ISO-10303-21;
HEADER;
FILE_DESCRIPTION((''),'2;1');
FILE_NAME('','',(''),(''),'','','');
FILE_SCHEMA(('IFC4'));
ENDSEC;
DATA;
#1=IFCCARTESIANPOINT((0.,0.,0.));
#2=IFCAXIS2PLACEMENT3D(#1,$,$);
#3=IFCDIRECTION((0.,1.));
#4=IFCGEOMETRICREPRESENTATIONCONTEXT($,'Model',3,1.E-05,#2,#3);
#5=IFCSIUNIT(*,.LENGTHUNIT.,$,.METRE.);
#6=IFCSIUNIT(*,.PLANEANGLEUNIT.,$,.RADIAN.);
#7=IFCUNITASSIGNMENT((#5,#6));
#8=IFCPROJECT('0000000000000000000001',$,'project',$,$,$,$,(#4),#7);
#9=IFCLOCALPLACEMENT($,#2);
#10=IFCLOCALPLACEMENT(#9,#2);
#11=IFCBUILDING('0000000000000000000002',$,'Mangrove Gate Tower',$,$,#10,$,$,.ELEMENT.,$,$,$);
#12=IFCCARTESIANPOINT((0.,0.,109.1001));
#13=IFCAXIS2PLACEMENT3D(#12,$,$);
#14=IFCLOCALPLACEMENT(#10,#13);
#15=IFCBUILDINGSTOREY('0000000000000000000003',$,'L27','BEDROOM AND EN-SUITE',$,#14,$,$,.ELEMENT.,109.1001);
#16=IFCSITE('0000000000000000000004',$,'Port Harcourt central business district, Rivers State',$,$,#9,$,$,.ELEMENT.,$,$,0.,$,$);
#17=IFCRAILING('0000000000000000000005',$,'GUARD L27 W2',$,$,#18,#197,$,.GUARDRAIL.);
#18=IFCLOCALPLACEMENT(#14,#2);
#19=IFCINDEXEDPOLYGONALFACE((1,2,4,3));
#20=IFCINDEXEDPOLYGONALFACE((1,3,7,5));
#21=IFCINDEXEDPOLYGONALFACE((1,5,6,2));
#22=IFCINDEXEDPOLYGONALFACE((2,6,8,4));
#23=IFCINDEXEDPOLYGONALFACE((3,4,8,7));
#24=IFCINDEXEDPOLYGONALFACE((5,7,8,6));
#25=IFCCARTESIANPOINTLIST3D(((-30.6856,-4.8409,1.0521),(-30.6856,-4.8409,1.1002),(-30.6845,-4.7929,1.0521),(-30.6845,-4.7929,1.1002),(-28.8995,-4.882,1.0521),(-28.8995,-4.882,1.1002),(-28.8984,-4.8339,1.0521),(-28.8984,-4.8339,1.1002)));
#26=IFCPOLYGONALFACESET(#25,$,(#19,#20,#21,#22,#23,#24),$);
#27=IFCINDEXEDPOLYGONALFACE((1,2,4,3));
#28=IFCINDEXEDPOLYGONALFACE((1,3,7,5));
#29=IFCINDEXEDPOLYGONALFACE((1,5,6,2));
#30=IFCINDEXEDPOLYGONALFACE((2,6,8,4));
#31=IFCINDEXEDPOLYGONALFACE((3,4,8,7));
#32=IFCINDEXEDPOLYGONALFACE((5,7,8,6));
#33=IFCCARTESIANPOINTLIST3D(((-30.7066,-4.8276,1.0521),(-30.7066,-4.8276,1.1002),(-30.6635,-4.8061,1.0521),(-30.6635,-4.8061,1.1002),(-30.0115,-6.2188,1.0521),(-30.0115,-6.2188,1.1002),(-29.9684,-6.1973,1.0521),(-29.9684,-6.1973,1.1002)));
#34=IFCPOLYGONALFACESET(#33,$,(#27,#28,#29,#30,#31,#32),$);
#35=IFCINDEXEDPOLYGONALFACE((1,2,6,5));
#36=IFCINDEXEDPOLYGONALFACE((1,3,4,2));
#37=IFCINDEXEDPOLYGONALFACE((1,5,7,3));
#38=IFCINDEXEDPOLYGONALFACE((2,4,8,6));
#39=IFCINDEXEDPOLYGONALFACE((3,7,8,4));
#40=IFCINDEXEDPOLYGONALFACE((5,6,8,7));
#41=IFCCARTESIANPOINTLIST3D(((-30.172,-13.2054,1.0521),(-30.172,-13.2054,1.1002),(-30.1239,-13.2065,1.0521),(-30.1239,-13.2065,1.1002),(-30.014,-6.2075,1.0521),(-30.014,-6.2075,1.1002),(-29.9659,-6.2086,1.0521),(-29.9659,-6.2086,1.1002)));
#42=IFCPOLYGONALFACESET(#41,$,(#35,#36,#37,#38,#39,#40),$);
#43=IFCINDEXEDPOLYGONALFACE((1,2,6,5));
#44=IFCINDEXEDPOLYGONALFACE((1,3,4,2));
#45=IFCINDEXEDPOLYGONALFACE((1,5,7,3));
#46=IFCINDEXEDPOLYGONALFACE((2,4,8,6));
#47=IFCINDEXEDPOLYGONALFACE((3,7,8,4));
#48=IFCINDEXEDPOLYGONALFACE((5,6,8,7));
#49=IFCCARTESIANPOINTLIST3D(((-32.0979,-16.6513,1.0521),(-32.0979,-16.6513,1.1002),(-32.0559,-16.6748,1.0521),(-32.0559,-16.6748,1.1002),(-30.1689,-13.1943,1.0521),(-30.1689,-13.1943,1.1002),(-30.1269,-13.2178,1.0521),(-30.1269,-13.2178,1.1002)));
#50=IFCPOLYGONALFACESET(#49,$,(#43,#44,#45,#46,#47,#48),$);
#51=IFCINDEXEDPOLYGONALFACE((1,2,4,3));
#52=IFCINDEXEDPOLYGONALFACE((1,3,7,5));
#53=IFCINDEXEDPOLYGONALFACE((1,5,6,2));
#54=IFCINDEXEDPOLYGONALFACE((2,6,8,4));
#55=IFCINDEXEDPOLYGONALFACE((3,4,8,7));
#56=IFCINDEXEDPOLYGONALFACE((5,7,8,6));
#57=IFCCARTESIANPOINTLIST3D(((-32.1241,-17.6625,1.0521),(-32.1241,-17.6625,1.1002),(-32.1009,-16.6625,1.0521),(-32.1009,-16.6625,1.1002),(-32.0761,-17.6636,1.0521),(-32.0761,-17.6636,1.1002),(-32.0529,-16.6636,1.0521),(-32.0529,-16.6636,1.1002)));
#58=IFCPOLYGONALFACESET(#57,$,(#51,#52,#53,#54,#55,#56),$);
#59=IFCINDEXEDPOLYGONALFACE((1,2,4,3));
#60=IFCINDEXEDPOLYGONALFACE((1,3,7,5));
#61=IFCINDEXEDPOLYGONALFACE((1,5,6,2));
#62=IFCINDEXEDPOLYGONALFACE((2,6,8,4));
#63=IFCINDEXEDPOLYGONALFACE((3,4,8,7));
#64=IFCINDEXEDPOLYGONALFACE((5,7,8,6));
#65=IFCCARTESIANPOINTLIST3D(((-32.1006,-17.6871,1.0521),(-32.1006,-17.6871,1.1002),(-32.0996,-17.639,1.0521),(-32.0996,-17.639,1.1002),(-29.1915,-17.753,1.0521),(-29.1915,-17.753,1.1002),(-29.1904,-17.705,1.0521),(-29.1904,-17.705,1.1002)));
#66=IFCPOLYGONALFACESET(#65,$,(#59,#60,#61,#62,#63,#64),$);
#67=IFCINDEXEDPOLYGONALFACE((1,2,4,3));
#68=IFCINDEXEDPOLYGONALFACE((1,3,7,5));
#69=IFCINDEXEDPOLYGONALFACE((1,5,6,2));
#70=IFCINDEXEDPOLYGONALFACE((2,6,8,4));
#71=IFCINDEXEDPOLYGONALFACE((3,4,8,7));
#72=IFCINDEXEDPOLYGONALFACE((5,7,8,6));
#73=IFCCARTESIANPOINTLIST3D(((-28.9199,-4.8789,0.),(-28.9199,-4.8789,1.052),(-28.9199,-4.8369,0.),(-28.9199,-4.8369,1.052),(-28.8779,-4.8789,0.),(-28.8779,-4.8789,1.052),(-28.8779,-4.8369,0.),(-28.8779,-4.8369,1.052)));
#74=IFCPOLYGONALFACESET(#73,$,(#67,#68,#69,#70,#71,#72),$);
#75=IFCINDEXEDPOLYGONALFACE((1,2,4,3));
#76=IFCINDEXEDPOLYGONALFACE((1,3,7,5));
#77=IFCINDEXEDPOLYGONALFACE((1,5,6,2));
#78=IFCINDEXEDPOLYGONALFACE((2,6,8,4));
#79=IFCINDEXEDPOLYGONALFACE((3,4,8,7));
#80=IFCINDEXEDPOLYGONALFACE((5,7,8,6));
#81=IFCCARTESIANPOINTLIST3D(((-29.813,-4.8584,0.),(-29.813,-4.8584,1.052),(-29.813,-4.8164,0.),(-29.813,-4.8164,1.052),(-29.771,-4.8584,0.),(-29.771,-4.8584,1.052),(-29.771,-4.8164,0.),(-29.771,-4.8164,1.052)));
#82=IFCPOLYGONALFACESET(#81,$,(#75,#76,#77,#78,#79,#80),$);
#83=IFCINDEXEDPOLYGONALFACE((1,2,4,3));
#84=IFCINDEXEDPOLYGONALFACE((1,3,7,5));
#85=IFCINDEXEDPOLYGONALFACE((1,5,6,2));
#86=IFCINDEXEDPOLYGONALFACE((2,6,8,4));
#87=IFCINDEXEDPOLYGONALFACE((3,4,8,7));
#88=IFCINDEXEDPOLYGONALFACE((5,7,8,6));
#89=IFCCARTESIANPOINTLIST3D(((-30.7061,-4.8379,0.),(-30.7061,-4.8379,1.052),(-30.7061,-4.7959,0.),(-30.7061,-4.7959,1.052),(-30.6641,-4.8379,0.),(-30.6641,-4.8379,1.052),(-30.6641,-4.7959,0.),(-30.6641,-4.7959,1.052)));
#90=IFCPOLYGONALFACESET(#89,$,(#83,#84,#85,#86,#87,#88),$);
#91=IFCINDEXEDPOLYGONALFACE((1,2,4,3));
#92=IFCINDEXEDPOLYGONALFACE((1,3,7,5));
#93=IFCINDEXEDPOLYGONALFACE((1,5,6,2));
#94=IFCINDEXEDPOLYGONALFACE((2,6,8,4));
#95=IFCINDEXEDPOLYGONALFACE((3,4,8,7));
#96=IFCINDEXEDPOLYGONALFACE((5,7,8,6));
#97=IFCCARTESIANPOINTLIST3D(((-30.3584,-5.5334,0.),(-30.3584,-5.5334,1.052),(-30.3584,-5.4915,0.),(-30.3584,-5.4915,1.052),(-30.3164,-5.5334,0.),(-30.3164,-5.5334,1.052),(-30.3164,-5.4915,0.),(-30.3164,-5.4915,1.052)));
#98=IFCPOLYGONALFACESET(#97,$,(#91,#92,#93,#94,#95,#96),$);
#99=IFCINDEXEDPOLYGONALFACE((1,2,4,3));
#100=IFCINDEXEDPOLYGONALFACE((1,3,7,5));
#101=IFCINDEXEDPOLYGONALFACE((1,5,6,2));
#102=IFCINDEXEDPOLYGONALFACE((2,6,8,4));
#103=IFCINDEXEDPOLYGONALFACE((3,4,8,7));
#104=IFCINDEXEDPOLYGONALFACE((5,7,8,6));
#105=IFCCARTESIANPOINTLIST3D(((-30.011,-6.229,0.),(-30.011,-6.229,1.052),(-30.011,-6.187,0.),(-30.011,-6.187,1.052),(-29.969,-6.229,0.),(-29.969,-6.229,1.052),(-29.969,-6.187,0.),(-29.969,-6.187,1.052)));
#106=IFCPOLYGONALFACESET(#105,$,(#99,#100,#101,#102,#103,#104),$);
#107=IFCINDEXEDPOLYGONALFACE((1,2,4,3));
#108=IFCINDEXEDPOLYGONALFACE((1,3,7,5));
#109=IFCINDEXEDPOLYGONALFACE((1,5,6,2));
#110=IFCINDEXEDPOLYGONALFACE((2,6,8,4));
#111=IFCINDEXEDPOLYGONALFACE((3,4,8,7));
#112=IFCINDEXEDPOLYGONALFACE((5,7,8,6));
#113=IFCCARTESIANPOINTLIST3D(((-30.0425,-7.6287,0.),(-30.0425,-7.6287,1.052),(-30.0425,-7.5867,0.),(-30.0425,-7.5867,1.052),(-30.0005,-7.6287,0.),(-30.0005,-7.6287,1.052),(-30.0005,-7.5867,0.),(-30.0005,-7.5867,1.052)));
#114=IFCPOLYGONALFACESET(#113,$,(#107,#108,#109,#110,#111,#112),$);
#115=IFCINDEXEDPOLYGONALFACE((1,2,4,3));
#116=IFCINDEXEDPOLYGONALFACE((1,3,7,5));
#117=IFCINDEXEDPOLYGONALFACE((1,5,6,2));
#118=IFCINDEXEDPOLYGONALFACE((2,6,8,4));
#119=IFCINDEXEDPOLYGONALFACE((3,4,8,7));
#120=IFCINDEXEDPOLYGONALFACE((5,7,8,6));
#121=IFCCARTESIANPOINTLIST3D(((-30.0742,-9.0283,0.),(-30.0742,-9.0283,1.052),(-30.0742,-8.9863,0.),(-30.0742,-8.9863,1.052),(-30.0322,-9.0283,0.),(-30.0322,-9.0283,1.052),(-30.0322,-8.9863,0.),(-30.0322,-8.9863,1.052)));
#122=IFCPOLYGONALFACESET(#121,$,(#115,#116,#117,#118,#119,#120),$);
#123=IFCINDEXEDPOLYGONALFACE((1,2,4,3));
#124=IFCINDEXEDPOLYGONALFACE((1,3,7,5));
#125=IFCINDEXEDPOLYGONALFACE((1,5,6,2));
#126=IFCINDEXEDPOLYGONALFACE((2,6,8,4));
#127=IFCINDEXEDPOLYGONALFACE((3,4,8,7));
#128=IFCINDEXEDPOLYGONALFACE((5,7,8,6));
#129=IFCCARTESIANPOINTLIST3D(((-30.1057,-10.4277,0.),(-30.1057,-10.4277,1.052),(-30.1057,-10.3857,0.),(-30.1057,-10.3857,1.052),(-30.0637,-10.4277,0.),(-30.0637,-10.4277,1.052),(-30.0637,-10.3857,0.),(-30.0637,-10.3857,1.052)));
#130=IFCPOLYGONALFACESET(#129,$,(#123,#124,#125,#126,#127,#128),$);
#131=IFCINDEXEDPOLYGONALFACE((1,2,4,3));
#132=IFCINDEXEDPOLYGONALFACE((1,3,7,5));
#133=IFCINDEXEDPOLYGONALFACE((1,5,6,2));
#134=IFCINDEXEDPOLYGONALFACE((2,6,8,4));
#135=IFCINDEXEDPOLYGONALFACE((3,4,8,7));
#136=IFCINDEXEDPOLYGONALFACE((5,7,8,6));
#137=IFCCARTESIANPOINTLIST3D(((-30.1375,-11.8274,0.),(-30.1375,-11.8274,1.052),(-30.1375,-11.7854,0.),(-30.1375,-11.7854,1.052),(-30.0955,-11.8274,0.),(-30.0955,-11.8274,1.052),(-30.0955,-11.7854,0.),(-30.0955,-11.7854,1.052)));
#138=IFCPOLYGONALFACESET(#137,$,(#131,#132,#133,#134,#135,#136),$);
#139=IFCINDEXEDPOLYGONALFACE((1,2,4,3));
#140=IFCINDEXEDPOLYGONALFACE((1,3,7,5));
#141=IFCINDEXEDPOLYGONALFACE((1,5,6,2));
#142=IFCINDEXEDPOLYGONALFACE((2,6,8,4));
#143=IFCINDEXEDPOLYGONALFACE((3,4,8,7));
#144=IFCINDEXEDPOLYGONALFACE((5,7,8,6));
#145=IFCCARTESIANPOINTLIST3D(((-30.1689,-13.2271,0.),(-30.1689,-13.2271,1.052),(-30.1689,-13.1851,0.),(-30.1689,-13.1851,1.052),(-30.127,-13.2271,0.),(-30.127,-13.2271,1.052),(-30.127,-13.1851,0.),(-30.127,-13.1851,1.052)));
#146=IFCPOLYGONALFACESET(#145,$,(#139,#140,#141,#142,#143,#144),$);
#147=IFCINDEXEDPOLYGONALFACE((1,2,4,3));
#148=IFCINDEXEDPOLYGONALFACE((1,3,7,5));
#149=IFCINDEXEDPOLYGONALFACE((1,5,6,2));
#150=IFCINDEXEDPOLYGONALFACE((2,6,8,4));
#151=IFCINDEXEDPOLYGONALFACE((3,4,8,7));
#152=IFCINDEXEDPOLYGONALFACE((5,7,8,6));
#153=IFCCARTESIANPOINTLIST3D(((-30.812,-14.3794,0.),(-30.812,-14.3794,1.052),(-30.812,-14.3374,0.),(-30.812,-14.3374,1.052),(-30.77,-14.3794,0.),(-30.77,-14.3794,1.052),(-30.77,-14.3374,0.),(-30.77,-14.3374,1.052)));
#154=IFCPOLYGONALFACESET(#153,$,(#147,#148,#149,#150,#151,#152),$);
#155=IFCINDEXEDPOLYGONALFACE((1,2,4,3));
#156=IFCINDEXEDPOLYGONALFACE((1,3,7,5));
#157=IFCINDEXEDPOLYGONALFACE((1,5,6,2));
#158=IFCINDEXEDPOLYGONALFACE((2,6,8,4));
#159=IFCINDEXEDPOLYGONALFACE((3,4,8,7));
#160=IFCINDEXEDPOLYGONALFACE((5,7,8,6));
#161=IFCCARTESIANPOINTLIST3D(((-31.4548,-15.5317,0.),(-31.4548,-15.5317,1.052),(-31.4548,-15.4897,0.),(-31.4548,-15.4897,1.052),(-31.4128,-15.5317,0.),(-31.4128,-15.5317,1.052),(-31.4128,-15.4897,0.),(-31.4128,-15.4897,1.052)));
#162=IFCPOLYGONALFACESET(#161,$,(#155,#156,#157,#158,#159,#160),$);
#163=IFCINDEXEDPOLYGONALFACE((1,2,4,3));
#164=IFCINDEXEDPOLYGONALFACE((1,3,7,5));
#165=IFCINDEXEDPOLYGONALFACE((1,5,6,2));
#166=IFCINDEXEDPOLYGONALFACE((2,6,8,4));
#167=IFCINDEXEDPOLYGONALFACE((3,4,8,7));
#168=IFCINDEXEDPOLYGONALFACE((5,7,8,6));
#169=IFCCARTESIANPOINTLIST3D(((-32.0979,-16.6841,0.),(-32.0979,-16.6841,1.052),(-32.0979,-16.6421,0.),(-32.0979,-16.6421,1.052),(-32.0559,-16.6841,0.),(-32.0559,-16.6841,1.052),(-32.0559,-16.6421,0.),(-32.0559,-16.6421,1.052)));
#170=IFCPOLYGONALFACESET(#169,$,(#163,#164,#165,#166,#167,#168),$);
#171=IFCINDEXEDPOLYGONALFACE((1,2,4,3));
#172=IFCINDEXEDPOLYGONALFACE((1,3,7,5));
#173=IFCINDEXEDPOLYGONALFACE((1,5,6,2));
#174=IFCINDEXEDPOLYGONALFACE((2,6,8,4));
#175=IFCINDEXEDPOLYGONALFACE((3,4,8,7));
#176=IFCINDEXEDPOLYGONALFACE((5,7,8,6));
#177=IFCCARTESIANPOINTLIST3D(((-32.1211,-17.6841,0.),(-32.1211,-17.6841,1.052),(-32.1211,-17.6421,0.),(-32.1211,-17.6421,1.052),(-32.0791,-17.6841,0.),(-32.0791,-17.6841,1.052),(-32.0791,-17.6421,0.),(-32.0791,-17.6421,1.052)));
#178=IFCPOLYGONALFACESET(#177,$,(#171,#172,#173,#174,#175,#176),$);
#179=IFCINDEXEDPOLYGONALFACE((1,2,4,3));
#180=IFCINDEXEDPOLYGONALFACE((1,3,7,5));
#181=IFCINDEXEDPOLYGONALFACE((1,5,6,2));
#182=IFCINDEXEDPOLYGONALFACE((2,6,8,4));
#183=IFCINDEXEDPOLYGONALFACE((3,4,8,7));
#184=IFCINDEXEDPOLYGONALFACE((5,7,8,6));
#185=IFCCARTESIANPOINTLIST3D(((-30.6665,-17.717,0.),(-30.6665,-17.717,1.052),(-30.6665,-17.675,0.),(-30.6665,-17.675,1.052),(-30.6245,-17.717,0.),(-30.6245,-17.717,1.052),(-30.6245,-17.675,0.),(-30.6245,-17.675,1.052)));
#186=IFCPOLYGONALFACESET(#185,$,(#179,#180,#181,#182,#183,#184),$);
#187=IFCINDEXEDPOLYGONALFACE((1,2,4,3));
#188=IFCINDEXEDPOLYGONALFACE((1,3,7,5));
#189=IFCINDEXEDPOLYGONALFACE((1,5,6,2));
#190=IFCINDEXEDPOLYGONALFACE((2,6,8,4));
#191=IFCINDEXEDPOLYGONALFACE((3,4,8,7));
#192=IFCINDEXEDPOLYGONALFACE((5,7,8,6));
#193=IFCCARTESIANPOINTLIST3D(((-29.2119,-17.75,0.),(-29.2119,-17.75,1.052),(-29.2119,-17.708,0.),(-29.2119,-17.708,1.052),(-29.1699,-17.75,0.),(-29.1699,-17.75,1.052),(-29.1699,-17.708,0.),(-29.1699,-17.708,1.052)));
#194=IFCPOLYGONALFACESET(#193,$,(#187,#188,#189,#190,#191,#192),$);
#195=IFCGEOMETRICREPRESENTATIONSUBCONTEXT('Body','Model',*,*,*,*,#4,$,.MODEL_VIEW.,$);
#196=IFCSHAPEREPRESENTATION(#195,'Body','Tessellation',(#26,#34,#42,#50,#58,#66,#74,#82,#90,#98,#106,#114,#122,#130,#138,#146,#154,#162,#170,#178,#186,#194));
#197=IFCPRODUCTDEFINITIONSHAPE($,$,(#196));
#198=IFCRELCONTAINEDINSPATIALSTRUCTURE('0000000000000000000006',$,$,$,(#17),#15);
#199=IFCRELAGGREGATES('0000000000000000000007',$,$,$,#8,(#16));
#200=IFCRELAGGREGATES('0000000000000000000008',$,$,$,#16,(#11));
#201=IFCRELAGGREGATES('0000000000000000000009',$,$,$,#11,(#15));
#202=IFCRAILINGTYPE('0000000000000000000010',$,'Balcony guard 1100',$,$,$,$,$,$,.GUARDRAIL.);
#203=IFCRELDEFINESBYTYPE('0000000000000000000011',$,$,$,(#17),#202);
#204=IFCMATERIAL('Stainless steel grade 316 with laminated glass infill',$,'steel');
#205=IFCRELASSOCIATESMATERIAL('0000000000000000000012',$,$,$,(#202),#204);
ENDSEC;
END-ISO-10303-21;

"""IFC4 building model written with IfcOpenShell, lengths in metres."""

from ifc_helpers import new_model, si_unit, direction, frame, origin, origin_2d, place, context, subcontext, project, spatial, rectangle, extrude, material, type_object, element, save


model = new_model("IFC4")

# Units and contexts
model_context = context("Model", 3, precision=1e-05, world=origin(), true_north=direction((0.0, 1.0)))
body_context = subcontext(model_context, "Body", "Model", "MODEL_VIEW")
ifc_project = project(units=[si_unit("LENGTHUNIT", "METRE"), si_unit("PLANEANGLEUNIT", "RADIAN")], contexts=[model_context])

# Site, building, storey
site_placement = place(None, origin())
site = spatial("IfcSite", under=ifc_project, at=site_placement, Name="Port Harcourt central business district, Rivers State", CompositionType="ELEMENT", RefElevation=0.0)
building_placement = place(site_placement, origin())
building = spatial("IfcBuilding", under=site, at=building_placement, Name="Mangrove Gate Tower", CompositionType="ELEMENT")
storey_placement = place(building_placement, frame((0.0, 0.0, 109.1001)))
storey = spatial("IfcBuildingStorey", under=building, at=storey_placement, Name="L27", Description="BEDROOM AND EN-SUITE", CompositionType="ELEMENT", Elevation=109.1001)

# Railing
ifc_material_1 = material(Name="Stainless steel grade 316 with laminated glass infill", Category="steel")
railing_type = type_object("IfcRailingType", Name="Balcony guard 1100", PredefinedType="GUARDRAIL", material=ifc_material_1)
railing_placement = place(storey_placement, frame((-28.8989, -4.8579, 0.0)))
element("IfcRailing", 1, at=railing_placement, inside=storey, type_object=railing_type, Name="GUARD L27 W2", PredefinedType="GUARDRAIL", context=body_context, shape_type="SweptSolid", body=[
    extrude(rectangle(XDim=0.0481, YDim=0.0481, at=origin_2d()), frame((0.0, 0.0, 1.0762), z_axis=(-0.999736, 0.022957, 0.0), x_axis=(-0.022957, -0.999736, 0.0)), (0.0, 0.0, 1.0), 1.7866),
    extrude(rectangle(XDim=0.0481, YDim=0.0481, at=origin_2d()), frame((-1.7861, 0.041, 1.0762), z_axis=(0.446962, -0.894553, 0.0), x_axis=(0.894553, 0.446962, 0.0)), (0.0, 0.0, 1.0), 1.5552),
    extrude(rectangle(XDim=0.0481, YDim=0.0481, at=origin_2d()), frame((-1.0911, -1.3501, 1.0762), z_axis=(-0.022566, -0.999745, 0.0), x_axis=(0.999745, -0.022566, 0.0)), (0.0, 0.0, 1.0), 6.9998),
    extrude(rectangle(XDim=0.0481, YDim=0.0481, at=origin_2d()), frame((-1.249, -8.3481, 1.0762), z_axis=(-0.48726, -0.873257, 0.0), x_axis=(0.873257, -0.48726, 0.0)), (0.0, 0.0, 1.0), 3.9587),
    extrude(rectangle(XDim=0.0481, YDim=0.0481, at=origin_2d()), frame((-3.178, -11.8052, 1.0762), z_axis=(-0.023187, -0.999731, 0.0), x_axis=(0.999731, -0.023187, 0.0)), (0.0, 0.0, 1.0), 1.0002),
    extrude(rectangle(XDim=0.0481, YDim=0.0481, at=origin_2d()), frame((-3.2012, -12.8052, 1.0762), z_axis=(0.999743, -0.022653, 0.0), x_axis=(0.022653, 0.999743, 0.0)), (0.0, 0.0, 1.0), 2.9099),
    extrude(rectangle(XDim=0.042, YDim=0.042, at=origin_2d()), origin(), (0.0, 0.0, 1.0), 1.052),
    extrude(rectangle(XDim=0.042, YDim=0.042, at=origin_2d()), frame((-0.8931, 0.0205, 0.0)), (0.0, 0.0, 1.0), 1.052),
    extrude(rectangle(XDim=0.042, YDim=0.042, at=origin_2d()), frame((-1.7861, 0.041, 0.0)), (0.0, 0.0, 1.0), 1.052),
    extrude(rectangle(XDim=0.042, YDim=0.042, at=origin_2d()), frame((-1.4385, -0.6545, 0.0)), (0.0, 0.0, 1.0), 1.052),
    extrude(rectangle(XDim=0.042, YDim=0.042, at=origin_2d()), frame((-1.0911, -1.3501, 0.0)), (0.0, 0.0, 1.0), 1.052),
    extrude(rectangle(XDim=0.042, YDim=0.042, at=origin_2d()), frame((-1.1226, -2.7498, 0.0)), (0.0, 0.0, 1.0), 1.052),
    extrude(rectangle(XDim=0.042, YDim=0.042, at=origin_2d()), frame((-1.1543, -4.1494, 0.0)), (0.0, 0.0, 1.0), 1.052),
    extrude(rectangle(XDim=0.042, YDim=0.042, at=origin_2d()), frame((-1.1858, -5.5488, 0.0)), (0.0, 0.0, 1.0), 1.052),
    extrude(rectangle(XDim=0.042, YDim=0.042, at=origin_2d()), frame((-1.2175, -6.9485, 0.0)), (0.0, 0.0, 1.0), 1.052),
    extrude(rectangle(XDim=0.042, YDim=0.042, at=origin_2d()), frame((-1.249, -8.3481, 0.0)), (0.0, 0.0, 1.0), 1.052),
    extrude(rectangle(XDim=0.042, YDim=0.042, at=origin_2d()), frame((-1.8921, -9.5005, 0.0)), (0.0, 0.0, 1.0), 1.052),
    extrude(rectangle(XDim=0.042, YDim=0.042, at=origin_2d()), frame((-2.5349, -10.6528, 0.0)), (0.0, 0.0, 1.0), 1.052),
    extrude(rectangle(XDim=0.042, YDim=0.042, at=origin_2d()), frame((-3.178, -11.8052, 0.0)), (0.0, 0.0, 1.0), 1.052),
    extrude(rectangle(XDim=0.042, YDim=0.042, at=origin_2d()), frame((-3.2012, -12.8052, 0.0)), (0.0, 0.0, 1.0), 1.052),
    extrude(rectangle(XDim=0.042, YDim=0.042, at=origin_2d()), frame((-1.7466, -12.8381, 0.0)), (0.0, 0.0, 1.0), 1.052),
    extrude(rectangle(XDim=0.042, YDim=0.042, at=origin_2d()), frame((-0.292, -12.8711, 0.0)), (0.0, 0.0, 1.0), 1.052),
])

save(model, "model.ifc")
